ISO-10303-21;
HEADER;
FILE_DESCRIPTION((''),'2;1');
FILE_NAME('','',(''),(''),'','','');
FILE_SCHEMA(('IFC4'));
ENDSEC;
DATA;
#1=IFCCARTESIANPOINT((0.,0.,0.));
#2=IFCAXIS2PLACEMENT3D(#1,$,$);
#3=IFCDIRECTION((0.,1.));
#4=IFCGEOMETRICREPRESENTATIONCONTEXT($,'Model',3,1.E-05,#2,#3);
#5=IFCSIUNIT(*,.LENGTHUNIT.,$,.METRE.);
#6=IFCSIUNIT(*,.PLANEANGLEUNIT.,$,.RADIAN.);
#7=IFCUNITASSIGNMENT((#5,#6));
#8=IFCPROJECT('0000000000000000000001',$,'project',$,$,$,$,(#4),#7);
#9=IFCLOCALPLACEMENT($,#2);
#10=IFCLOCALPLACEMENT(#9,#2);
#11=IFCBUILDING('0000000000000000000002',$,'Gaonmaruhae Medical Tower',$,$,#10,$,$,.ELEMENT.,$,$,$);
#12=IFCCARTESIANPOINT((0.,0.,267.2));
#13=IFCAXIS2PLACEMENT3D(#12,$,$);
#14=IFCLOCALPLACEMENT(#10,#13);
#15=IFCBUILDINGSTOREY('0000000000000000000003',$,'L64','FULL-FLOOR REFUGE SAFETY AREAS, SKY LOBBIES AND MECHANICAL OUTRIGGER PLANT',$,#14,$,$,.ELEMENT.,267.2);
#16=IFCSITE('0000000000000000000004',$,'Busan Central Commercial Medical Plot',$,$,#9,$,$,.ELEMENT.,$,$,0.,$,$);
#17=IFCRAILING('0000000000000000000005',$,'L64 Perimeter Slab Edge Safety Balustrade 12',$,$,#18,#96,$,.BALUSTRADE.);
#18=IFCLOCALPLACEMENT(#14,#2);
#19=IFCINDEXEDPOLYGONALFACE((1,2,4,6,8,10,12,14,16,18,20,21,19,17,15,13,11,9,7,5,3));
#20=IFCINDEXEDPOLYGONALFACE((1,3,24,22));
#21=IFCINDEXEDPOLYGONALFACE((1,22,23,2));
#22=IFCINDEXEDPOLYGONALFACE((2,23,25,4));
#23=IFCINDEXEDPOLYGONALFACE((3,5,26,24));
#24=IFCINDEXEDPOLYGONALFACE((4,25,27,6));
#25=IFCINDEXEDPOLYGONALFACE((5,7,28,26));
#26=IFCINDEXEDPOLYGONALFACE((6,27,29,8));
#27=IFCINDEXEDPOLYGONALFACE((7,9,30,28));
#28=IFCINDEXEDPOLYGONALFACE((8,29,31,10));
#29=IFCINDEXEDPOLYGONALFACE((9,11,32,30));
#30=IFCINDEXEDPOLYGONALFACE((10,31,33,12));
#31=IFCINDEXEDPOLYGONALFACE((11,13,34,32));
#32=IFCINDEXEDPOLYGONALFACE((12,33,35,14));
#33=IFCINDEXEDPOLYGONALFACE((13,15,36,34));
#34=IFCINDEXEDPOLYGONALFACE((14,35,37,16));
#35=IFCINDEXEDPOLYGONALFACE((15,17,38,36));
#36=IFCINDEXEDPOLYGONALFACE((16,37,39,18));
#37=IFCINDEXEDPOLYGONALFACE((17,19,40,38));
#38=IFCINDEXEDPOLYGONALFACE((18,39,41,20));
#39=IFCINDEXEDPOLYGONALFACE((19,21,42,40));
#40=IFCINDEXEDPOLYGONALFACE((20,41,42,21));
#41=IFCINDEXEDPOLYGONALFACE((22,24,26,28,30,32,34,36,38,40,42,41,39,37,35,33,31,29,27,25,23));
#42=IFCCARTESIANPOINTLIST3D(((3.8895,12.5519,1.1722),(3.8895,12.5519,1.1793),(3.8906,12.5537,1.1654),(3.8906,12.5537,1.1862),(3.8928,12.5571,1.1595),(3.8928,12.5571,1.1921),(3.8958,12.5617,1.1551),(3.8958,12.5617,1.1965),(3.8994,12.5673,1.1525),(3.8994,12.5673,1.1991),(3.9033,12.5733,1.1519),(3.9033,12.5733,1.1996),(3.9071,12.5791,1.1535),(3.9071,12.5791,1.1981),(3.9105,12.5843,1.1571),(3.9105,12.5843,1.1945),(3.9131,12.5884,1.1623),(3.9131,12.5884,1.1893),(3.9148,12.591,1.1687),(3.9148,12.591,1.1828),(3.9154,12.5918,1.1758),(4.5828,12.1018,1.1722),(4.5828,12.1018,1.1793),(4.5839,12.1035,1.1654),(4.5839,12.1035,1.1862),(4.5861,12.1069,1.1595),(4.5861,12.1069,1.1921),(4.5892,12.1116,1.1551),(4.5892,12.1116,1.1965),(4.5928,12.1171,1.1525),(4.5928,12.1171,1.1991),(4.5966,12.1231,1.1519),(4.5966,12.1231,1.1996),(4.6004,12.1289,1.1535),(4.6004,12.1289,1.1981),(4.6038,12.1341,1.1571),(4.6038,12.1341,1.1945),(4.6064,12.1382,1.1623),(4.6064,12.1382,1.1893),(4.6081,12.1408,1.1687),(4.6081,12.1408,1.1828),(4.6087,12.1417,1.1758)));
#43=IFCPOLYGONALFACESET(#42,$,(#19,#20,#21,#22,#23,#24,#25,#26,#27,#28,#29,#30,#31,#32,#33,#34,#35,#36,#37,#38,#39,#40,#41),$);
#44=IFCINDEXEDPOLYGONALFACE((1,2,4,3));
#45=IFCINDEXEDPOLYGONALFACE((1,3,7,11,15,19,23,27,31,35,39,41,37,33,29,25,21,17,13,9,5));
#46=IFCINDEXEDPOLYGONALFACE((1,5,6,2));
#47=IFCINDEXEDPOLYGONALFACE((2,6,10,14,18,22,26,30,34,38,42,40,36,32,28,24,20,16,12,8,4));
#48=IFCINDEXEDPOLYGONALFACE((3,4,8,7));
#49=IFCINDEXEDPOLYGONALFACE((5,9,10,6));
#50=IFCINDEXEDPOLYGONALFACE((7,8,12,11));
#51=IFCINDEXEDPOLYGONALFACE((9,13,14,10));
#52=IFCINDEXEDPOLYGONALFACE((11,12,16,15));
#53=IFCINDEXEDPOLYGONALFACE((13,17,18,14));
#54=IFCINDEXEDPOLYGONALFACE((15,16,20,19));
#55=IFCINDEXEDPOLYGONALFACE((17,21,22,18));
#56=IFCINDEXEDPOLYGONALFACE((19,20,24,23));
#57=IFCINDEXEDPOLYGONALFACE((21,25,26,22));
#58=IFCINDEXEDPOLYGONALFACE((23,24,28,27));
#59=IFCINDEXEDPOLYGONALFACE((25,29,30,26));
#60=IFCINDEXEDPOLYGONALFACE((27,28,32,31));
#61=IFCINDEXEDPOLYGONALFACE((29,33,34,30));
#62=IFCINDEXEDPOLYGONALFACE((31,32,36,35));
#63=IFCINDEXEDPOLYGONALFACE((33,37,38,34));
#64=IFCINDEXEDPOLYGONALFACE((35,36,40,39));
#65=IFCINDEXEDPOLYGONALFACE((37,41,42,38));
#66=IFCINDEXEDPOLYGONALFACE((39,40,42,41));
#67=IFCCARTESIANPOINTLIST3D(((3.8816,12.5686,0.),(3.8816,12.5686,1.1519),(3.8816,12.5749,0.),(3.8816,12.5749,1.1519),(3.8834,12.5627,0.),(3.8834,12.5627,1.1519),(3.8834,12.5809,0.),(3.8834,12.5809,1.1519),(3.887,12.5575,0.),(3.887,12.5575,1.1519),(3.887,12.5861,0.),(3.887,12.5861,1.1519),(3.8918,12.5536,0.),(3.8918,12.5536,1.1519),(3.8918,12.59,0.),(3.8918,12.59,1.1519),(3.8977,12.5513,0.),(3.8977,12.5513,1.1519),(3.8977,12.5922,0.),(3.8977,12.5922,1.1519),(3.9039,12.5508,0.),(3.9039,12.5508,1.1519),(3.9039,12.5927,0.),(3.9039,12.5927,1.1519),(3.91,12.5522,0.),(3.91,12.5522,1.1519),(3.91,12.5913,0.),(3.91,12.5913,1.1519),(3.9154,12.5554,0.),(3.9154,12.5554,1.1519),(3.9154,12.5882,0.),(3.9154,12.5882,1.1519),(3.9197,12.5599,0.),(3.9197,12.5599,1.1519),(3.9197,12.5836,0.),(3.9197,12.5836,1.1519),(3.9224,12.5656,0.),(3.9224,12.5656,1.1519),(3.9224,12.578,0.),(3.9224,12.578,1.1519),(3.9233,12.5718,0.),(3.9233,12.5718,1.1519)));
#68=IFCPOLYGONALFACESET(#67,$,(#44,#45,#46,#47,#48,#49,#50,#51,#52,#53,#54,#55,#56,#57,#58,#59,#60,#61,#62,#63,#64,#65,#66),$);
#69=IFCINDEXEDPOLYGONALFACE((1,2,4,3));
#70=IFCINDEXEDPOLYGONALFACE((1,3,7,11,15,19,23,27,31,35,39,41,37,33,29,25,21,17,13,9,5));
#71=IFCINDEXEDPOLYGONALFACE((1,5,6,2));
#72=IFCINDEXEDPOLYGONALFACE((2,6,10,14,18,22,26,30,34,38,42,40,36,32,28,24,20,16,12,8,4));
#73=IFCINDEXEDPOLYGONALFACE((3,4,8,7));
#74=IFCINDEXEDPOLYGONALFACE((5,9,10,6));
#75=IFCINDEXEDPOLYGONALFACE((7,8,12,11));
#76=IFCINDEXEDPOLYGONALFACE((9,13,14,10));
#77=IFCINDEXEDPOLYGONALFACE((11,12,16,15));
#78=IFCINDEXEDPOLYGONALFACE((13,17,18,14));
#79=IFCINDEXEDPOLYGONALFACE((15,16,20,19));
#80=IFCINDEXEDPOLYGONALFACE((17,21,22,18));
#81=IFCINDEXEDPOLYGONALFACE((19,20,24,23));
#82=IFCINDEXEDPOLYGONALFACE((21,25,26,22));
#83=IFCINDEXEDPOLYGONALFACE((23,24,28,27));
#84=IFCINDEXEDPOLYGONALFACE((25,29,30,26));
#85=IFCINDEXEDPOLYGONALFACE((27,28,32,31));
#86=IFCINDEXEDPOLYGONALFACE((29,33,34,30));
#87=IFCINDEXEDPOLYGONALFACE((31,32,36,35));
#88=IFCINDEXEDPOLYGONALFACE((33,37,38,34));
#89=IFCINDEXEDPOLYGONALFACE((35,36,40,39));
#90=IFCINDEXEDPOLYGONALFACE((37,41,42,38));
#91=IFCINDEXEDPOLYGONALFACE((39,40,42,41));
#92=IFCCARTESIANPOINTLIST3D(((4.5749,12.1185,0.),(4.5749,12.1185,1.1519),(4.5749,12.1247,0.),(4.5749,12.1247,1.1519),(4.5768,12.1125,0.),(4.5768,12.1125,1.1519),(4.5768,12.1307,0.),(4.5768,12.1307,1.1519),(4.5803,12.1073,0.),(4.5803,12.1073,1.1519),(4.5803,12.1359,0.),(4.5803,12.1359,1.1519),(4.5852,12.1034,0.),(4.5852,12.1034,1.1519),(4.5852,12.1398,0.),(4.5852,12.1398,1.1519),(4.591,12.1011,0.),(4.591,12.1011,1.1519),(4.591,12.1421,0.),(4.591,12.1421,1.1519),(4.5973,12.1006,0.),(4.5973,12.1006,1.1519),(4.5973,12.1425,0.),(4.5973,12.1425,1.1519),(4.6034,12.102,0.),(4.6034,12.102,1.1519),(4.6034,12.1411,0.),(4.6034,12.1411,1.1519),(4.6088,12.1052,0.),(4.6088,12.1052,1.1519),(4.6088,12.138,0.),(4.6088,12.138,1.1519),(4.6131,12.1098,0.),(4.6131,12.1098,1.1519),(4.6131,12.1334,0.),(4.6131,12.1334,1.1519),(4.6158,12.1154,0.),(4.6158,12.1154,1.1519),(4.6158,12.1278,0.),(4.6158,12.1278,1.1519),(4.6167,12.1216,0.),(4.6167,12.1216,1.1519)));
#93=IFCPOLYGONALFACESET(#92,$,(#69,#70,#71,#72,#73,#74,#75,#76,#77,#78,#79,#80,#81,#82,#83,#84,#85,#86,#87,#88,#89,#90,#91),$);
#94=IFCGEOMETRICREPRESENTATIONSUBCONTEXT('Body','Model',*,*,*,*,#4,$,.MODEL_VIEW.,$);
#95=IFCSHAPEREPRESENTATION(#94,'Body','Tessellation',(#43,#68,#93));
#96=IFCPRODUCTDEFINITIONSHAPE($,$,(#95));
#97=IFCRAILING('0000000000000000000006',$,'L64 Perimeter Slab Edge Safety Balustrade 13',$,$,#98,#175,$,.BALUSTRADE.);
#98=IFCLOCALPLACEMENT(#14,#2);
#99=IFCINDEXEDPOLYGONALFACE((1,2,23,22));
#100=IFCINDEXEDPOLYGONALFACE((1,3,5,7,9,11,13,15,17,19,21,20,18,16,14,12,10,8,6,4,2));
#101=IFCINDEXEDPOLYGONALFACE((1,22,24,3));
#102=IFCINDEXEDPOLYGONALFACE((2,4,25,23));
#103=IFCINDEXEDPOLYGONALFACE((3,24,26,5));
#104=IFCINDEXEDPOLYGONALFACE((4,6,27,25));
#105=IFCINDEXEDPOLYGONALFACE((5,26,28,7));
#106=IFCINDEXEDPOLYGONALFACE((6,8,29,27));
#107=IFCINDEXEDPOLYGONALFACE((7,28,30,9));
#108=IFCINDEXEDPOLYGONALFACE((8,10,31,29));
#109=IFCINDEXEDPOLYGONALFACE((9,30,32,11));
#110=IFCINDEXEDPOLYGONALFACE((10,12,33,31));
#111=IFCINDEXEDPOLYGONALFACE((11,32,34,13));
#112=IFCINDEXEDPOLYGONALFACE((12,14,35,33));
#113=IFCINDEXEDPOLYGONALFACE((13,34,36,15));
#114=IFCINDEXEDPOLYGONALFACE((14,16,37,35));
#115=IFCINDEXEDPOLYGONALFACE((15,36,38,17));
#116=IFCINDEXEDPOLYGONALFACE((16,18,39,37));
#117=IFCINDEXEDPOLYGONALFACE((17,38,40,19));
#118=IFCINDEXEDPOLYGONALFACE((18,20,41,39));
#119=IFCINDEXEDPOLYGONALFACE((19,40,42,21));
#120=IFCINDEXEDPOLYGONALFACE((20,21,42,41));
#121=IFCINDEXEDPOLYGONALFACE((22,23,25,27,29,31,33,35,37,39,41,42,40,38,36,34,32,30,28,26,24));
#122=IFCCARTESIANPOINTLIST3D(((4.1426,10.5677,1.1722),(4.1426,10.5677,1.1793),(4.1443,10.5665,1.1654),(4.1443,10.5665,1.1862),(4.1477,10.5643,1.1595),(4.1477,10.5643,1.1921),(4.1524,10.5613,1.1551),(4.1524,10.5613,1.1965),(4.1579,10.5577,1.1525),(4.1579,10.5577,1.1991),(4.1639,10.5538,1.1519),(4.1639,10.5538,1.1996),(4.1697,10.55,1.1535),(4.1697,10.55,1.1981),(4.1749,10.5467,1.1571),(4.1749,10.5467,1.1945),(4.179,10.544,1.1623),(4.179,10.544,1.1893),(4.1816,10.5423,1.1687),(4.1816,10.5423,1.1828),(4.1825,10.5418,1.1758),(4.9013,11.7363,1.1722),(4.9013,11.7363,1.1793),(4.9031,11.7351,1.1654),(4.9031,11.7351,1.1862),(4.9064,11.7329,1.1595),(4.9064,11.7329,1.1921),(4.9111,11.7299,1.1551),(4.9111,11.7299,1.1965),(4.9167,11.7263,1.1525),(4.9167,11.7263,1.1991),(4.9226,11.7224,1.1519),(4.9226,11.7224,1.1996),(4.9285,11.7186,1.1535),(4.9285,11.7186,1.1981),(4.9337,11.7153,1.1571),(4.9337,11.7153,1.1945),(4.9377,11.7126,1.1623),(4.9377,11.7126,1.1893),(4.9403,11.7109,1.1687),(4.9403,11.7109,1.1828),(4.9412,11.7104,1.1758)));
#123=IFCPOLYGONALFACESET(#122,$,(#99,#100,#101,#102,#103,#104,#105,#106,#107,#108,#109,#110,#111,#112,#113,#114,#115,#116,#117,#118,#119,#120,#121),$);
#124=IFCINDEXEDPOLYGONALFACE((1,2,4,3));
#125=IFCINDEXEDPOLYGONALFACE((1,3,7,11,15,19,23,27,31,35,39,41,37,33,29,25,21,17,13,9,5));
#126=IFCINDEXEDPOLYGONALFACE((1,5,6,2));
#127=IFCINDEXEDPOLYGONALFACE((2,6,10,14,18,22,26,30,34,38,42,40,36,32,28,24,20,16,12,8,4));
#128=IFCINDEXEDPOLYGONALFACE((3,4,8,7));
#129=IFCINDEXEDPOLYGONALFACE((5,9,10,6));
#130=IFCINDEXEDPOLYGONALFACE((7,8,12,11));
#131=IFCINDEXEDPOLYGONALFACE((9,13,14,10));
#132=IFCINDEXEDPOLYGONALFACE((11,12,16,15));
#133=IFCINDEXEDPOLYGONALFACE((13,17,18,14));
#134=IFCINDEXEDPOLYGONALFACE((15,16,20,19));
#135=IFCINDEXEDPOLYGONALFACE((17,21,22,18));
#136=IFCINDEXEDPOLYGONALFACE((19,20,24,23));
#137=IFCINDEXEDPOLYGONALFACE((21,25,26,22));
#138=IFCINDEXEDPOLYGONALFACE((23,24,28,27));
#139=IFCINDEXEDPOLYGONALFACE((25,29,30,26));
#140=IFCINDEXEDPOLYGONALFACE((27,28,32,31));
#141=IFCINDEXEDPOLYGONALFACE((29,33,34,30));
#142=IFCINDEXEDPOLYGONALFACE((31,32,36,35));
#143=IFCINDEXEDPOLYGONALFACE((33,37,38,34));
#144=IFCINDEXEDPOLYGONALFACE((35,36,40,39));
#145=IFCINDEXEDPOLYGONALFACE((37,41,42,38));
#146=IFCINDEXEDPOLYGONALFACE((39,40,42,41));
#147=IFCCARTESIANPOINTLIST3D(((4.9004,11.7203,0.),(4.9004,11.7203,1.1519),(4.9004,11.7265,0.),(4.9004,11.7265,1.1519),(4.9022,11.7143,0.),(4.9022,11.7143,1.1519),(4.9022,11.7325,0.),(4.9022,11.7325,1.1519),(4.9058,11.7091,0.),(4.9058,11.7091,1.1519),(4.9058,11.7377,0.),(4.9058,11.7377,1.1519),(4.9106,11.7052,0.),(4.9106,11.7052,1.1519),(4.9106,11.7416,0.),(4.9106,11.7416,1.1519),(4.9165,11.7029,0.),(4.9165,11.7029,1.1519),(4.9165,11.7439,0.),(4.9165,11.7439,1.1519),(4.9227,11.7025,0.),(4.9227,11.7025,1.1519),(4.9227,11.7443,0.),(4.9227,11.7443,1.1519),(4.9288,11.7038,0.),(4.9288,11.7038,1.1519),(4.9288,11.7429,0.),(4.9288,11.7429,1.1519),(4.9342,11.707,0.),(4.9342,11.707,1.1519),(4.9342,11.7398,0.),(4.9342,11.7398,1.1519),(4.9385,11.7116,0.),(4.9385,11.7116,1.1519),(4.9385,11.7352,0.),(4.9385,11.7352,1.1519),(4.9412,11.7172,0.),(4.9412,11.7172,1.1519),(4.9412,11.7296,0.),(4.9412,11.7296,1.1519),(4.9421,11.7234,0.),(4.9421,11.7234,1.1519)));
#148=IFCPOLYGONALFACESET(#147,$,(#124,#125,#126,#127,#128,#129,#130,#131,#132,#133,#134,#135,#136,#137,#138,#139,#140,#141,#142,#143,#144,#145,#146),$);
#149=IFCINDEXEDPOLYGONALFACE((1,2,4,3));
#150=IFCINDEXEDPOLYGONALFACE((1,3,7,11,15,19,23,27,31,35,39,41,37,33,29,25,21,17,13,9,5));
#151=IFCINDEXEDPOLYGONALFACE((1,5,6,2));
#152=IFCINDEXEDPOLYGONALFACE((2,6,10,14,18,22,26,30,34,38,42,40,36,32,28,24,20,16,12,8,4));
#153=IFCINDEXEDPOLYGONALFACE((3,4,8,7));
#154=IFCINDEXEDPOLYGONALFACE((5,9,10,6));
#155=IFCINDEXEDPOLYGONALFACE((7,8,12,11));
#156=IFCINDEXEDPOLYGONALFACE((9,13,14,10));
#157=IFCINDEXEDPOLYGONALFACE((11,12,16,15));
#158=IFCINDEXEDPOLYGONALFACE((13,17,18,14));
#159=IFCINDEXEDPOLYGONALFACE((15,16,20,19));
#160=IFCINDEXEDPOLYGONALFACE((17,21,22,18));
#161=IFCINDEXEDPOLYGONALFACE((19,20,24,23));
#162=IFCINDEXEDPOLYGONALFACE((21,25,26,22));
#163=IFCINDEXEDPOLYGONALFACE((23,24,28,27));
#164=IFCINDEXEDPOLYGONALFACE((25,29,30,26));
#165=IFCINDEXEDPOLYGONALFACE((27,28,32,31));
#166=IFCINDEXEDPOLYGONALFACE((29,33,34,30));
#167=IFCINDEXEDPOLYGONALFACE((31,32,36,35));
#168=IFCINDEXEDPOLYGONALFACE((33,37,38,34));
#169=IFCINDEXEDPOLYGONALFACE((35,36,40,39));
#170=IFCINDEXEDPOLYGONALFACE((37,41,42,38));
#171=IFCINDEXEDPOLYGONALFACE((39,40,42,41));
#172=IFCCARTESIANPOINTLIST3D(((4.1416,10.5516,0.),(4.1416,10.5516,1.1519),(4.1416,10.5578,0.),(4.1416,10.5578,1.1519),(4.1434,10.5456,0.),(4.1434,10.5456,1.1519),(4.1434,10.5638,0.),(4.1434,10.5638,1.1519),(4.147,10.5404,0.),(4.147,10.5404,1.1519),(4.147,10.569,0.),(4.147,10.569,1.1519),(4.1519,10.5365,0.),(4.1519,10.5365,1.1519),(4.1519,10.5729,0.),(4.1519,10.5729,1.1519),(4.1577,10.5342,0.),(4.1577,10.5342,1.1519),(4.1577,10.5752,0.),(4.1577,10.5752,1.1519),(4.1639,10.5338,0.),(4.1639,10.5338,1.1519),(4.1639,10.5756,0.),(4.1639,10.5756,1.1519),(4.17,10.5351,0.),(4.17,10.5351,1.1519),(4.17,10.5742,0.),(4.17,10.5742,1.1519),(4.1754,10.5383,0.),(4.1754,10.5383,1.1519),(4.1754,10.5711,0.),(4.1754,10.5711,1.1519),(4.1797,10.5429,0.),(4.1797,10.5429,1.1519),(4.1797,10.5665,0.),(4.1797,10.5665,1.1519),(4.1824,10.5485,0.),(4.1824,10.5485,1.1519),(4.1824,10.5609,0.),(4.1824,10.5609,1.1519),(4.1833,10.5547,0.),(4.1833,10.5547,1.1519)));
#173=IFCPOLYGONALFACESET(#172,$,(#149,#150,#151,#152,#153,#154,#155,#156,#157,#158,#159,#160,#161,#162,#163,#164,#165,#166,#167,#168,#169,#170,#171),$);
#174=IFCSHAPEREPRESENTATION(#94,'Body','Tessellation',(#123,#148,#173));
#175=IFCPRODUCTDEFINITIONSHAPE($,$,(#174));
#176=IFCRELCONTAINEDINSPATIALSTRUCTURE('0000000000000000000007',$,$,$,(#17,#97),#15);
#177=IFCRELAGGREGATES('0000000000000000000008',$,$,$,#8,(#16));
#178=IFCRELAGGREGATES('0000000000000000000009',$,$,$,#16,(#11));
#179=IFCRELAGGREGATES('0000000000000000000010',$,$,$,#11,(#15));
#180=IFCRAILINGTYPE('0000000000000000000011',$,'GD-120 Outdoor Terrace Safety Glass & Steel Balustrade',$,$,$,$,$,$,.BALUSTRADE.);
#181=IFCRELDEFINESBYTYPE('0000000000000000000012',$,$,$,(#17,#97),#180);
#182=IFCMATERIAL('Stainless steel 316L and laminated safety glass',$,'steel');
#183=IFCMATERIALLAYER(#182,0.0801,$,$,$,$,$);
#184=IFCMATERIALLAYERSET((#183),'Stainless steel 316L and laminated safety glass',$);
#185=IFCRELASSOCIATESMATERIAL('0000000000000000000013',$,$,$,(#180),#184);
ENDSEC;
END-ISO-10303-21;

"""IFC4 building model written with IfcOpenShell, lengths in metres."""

from ifc_helpers import new_model, si_unit, direction, frame, origin, origin_2d, place, context, subcontext, project, spatial, circle, extrude, material, layer, layer_set, type_object, element, save


model = new_model("IFC4")

# Units and contexts
model_context = context("Model", 3, precision=1e-05, world=origin(), true_north=direction((0.0, 1.0)))
body_context = subcontext(model_context, "Body", "Model", "MODEL_VIEW")
ifc_project = project(units=[si_unit("LENGTHUNIT", "METRE"), si_unit("PLANEANGLEUNIT", "RADIAN")], contexts=[model_context])

# Site, building, storey
site_placement = place(None, origin())
site = spatial("IfcSite", under=ifc_project, at=site_placement, Name="Busan Central Commercial Medical Plot", CompositionType="ELEMENT", RefElevation=0.0)
building_placement = place(site_placement, origin())
building = spatial("IfcBuilding", under=site, at=building_placement, Name="Gaonmaruhae Medical Tower", CompositionType="ELEMENT")
storey_placement = place(building_placement, frame((0.0, 0.0, 267.2)))
storey = spatial("IfcBuildingStorey", under=building, at=storey_placement, Name="L64", Description="FULL-FLOOR REFUGE SAFETY AREAS, SKY LOBBIES AND MECHANICAL OUTRIGGER PLANT", CompositionType="ELEMENT", Elevation=267.2)

# Railings
ifc_material_1 = material(Name="Stainless steel 316L and laminated safety glass", Category="steel")
ifc_layer_1 = layer(ifc_material_1, 0.0801)
ifc_layer_set_1 = layer_set([ifc_layer_1], Name="Stainless steel 316L and laminated safety glass")
railing_type = type_object("IfcRailingType", Name="GD-120 Outdoor Terrace Safety Glass & Steel Balustrade", PredefinedType="BALUSTRADE", material=ifc_layer_set_1)
railing_1_placement = place(storey_placement, frame((3.9023, 12.5718, 0.0)))
element("IfcRailing", 1, at=railing_1_placement, inside=storey, type_object=railing_type, Name="L64 Perimeter Slab Edge Safety Balustrade 12", PredefinedType="BALUSTRADE", context=body_context, shape_type="SweptSolid", body=[
    extrude(circle(Radius=0.0239, at=origin_2d()), frame((0.0, 0.0, 1.1758), z_axis=(0.838713, -0.544573, 0.0), x_axis=(0.544573, 0.838713, 0.0)), (0.0, 0.0, 1.0), 0.8267),
    extrude(circle(Radius=0.021, at=origin_2d()), origin(), (0.0, 0.0, 1.0), 1.1519),
    extrude(circle(Radius=0.021, at=origin_2d()), frame((0.6934, -0.4502, 0.0)), (0.0, 0.0, 1.0), 1.1519),
])
railing_2_placement = place(storey_placement, frame((4.9211, 11.7234, 0.0)))
element("IfcRailing", 2, at=railing_2_placement, inside=storey, type_object=railing_type, Name="L64 Perimeter Slab Edge Safety Balustrade 13", PredefinedType="BALUSTRADE", context=body_context, shape_type="SweptSolid", body=[
    extrude(circle(Radius=0.0239, at=origin_2d()), frame((0.0, 0.0, 1.1758), z_axis=(-0.544551, -0.838728, 0.0), x_axis=(0.838728, -0.544551, 0.0)), (0.0, 0.0, 1.0), 1.3933),
    extrude(circle(Radius=0.021, at=origin_2d()), origin(), (0.0, 0.0, 1.0), 1.1519),
    extrude(circle(Radius=0.021, at=origin_2d()), frame((-0.7588, -1.1687, 0.0)), (0.0, 0.0, 1.0), 1.1519),
])

save(model, "model.ifc")
